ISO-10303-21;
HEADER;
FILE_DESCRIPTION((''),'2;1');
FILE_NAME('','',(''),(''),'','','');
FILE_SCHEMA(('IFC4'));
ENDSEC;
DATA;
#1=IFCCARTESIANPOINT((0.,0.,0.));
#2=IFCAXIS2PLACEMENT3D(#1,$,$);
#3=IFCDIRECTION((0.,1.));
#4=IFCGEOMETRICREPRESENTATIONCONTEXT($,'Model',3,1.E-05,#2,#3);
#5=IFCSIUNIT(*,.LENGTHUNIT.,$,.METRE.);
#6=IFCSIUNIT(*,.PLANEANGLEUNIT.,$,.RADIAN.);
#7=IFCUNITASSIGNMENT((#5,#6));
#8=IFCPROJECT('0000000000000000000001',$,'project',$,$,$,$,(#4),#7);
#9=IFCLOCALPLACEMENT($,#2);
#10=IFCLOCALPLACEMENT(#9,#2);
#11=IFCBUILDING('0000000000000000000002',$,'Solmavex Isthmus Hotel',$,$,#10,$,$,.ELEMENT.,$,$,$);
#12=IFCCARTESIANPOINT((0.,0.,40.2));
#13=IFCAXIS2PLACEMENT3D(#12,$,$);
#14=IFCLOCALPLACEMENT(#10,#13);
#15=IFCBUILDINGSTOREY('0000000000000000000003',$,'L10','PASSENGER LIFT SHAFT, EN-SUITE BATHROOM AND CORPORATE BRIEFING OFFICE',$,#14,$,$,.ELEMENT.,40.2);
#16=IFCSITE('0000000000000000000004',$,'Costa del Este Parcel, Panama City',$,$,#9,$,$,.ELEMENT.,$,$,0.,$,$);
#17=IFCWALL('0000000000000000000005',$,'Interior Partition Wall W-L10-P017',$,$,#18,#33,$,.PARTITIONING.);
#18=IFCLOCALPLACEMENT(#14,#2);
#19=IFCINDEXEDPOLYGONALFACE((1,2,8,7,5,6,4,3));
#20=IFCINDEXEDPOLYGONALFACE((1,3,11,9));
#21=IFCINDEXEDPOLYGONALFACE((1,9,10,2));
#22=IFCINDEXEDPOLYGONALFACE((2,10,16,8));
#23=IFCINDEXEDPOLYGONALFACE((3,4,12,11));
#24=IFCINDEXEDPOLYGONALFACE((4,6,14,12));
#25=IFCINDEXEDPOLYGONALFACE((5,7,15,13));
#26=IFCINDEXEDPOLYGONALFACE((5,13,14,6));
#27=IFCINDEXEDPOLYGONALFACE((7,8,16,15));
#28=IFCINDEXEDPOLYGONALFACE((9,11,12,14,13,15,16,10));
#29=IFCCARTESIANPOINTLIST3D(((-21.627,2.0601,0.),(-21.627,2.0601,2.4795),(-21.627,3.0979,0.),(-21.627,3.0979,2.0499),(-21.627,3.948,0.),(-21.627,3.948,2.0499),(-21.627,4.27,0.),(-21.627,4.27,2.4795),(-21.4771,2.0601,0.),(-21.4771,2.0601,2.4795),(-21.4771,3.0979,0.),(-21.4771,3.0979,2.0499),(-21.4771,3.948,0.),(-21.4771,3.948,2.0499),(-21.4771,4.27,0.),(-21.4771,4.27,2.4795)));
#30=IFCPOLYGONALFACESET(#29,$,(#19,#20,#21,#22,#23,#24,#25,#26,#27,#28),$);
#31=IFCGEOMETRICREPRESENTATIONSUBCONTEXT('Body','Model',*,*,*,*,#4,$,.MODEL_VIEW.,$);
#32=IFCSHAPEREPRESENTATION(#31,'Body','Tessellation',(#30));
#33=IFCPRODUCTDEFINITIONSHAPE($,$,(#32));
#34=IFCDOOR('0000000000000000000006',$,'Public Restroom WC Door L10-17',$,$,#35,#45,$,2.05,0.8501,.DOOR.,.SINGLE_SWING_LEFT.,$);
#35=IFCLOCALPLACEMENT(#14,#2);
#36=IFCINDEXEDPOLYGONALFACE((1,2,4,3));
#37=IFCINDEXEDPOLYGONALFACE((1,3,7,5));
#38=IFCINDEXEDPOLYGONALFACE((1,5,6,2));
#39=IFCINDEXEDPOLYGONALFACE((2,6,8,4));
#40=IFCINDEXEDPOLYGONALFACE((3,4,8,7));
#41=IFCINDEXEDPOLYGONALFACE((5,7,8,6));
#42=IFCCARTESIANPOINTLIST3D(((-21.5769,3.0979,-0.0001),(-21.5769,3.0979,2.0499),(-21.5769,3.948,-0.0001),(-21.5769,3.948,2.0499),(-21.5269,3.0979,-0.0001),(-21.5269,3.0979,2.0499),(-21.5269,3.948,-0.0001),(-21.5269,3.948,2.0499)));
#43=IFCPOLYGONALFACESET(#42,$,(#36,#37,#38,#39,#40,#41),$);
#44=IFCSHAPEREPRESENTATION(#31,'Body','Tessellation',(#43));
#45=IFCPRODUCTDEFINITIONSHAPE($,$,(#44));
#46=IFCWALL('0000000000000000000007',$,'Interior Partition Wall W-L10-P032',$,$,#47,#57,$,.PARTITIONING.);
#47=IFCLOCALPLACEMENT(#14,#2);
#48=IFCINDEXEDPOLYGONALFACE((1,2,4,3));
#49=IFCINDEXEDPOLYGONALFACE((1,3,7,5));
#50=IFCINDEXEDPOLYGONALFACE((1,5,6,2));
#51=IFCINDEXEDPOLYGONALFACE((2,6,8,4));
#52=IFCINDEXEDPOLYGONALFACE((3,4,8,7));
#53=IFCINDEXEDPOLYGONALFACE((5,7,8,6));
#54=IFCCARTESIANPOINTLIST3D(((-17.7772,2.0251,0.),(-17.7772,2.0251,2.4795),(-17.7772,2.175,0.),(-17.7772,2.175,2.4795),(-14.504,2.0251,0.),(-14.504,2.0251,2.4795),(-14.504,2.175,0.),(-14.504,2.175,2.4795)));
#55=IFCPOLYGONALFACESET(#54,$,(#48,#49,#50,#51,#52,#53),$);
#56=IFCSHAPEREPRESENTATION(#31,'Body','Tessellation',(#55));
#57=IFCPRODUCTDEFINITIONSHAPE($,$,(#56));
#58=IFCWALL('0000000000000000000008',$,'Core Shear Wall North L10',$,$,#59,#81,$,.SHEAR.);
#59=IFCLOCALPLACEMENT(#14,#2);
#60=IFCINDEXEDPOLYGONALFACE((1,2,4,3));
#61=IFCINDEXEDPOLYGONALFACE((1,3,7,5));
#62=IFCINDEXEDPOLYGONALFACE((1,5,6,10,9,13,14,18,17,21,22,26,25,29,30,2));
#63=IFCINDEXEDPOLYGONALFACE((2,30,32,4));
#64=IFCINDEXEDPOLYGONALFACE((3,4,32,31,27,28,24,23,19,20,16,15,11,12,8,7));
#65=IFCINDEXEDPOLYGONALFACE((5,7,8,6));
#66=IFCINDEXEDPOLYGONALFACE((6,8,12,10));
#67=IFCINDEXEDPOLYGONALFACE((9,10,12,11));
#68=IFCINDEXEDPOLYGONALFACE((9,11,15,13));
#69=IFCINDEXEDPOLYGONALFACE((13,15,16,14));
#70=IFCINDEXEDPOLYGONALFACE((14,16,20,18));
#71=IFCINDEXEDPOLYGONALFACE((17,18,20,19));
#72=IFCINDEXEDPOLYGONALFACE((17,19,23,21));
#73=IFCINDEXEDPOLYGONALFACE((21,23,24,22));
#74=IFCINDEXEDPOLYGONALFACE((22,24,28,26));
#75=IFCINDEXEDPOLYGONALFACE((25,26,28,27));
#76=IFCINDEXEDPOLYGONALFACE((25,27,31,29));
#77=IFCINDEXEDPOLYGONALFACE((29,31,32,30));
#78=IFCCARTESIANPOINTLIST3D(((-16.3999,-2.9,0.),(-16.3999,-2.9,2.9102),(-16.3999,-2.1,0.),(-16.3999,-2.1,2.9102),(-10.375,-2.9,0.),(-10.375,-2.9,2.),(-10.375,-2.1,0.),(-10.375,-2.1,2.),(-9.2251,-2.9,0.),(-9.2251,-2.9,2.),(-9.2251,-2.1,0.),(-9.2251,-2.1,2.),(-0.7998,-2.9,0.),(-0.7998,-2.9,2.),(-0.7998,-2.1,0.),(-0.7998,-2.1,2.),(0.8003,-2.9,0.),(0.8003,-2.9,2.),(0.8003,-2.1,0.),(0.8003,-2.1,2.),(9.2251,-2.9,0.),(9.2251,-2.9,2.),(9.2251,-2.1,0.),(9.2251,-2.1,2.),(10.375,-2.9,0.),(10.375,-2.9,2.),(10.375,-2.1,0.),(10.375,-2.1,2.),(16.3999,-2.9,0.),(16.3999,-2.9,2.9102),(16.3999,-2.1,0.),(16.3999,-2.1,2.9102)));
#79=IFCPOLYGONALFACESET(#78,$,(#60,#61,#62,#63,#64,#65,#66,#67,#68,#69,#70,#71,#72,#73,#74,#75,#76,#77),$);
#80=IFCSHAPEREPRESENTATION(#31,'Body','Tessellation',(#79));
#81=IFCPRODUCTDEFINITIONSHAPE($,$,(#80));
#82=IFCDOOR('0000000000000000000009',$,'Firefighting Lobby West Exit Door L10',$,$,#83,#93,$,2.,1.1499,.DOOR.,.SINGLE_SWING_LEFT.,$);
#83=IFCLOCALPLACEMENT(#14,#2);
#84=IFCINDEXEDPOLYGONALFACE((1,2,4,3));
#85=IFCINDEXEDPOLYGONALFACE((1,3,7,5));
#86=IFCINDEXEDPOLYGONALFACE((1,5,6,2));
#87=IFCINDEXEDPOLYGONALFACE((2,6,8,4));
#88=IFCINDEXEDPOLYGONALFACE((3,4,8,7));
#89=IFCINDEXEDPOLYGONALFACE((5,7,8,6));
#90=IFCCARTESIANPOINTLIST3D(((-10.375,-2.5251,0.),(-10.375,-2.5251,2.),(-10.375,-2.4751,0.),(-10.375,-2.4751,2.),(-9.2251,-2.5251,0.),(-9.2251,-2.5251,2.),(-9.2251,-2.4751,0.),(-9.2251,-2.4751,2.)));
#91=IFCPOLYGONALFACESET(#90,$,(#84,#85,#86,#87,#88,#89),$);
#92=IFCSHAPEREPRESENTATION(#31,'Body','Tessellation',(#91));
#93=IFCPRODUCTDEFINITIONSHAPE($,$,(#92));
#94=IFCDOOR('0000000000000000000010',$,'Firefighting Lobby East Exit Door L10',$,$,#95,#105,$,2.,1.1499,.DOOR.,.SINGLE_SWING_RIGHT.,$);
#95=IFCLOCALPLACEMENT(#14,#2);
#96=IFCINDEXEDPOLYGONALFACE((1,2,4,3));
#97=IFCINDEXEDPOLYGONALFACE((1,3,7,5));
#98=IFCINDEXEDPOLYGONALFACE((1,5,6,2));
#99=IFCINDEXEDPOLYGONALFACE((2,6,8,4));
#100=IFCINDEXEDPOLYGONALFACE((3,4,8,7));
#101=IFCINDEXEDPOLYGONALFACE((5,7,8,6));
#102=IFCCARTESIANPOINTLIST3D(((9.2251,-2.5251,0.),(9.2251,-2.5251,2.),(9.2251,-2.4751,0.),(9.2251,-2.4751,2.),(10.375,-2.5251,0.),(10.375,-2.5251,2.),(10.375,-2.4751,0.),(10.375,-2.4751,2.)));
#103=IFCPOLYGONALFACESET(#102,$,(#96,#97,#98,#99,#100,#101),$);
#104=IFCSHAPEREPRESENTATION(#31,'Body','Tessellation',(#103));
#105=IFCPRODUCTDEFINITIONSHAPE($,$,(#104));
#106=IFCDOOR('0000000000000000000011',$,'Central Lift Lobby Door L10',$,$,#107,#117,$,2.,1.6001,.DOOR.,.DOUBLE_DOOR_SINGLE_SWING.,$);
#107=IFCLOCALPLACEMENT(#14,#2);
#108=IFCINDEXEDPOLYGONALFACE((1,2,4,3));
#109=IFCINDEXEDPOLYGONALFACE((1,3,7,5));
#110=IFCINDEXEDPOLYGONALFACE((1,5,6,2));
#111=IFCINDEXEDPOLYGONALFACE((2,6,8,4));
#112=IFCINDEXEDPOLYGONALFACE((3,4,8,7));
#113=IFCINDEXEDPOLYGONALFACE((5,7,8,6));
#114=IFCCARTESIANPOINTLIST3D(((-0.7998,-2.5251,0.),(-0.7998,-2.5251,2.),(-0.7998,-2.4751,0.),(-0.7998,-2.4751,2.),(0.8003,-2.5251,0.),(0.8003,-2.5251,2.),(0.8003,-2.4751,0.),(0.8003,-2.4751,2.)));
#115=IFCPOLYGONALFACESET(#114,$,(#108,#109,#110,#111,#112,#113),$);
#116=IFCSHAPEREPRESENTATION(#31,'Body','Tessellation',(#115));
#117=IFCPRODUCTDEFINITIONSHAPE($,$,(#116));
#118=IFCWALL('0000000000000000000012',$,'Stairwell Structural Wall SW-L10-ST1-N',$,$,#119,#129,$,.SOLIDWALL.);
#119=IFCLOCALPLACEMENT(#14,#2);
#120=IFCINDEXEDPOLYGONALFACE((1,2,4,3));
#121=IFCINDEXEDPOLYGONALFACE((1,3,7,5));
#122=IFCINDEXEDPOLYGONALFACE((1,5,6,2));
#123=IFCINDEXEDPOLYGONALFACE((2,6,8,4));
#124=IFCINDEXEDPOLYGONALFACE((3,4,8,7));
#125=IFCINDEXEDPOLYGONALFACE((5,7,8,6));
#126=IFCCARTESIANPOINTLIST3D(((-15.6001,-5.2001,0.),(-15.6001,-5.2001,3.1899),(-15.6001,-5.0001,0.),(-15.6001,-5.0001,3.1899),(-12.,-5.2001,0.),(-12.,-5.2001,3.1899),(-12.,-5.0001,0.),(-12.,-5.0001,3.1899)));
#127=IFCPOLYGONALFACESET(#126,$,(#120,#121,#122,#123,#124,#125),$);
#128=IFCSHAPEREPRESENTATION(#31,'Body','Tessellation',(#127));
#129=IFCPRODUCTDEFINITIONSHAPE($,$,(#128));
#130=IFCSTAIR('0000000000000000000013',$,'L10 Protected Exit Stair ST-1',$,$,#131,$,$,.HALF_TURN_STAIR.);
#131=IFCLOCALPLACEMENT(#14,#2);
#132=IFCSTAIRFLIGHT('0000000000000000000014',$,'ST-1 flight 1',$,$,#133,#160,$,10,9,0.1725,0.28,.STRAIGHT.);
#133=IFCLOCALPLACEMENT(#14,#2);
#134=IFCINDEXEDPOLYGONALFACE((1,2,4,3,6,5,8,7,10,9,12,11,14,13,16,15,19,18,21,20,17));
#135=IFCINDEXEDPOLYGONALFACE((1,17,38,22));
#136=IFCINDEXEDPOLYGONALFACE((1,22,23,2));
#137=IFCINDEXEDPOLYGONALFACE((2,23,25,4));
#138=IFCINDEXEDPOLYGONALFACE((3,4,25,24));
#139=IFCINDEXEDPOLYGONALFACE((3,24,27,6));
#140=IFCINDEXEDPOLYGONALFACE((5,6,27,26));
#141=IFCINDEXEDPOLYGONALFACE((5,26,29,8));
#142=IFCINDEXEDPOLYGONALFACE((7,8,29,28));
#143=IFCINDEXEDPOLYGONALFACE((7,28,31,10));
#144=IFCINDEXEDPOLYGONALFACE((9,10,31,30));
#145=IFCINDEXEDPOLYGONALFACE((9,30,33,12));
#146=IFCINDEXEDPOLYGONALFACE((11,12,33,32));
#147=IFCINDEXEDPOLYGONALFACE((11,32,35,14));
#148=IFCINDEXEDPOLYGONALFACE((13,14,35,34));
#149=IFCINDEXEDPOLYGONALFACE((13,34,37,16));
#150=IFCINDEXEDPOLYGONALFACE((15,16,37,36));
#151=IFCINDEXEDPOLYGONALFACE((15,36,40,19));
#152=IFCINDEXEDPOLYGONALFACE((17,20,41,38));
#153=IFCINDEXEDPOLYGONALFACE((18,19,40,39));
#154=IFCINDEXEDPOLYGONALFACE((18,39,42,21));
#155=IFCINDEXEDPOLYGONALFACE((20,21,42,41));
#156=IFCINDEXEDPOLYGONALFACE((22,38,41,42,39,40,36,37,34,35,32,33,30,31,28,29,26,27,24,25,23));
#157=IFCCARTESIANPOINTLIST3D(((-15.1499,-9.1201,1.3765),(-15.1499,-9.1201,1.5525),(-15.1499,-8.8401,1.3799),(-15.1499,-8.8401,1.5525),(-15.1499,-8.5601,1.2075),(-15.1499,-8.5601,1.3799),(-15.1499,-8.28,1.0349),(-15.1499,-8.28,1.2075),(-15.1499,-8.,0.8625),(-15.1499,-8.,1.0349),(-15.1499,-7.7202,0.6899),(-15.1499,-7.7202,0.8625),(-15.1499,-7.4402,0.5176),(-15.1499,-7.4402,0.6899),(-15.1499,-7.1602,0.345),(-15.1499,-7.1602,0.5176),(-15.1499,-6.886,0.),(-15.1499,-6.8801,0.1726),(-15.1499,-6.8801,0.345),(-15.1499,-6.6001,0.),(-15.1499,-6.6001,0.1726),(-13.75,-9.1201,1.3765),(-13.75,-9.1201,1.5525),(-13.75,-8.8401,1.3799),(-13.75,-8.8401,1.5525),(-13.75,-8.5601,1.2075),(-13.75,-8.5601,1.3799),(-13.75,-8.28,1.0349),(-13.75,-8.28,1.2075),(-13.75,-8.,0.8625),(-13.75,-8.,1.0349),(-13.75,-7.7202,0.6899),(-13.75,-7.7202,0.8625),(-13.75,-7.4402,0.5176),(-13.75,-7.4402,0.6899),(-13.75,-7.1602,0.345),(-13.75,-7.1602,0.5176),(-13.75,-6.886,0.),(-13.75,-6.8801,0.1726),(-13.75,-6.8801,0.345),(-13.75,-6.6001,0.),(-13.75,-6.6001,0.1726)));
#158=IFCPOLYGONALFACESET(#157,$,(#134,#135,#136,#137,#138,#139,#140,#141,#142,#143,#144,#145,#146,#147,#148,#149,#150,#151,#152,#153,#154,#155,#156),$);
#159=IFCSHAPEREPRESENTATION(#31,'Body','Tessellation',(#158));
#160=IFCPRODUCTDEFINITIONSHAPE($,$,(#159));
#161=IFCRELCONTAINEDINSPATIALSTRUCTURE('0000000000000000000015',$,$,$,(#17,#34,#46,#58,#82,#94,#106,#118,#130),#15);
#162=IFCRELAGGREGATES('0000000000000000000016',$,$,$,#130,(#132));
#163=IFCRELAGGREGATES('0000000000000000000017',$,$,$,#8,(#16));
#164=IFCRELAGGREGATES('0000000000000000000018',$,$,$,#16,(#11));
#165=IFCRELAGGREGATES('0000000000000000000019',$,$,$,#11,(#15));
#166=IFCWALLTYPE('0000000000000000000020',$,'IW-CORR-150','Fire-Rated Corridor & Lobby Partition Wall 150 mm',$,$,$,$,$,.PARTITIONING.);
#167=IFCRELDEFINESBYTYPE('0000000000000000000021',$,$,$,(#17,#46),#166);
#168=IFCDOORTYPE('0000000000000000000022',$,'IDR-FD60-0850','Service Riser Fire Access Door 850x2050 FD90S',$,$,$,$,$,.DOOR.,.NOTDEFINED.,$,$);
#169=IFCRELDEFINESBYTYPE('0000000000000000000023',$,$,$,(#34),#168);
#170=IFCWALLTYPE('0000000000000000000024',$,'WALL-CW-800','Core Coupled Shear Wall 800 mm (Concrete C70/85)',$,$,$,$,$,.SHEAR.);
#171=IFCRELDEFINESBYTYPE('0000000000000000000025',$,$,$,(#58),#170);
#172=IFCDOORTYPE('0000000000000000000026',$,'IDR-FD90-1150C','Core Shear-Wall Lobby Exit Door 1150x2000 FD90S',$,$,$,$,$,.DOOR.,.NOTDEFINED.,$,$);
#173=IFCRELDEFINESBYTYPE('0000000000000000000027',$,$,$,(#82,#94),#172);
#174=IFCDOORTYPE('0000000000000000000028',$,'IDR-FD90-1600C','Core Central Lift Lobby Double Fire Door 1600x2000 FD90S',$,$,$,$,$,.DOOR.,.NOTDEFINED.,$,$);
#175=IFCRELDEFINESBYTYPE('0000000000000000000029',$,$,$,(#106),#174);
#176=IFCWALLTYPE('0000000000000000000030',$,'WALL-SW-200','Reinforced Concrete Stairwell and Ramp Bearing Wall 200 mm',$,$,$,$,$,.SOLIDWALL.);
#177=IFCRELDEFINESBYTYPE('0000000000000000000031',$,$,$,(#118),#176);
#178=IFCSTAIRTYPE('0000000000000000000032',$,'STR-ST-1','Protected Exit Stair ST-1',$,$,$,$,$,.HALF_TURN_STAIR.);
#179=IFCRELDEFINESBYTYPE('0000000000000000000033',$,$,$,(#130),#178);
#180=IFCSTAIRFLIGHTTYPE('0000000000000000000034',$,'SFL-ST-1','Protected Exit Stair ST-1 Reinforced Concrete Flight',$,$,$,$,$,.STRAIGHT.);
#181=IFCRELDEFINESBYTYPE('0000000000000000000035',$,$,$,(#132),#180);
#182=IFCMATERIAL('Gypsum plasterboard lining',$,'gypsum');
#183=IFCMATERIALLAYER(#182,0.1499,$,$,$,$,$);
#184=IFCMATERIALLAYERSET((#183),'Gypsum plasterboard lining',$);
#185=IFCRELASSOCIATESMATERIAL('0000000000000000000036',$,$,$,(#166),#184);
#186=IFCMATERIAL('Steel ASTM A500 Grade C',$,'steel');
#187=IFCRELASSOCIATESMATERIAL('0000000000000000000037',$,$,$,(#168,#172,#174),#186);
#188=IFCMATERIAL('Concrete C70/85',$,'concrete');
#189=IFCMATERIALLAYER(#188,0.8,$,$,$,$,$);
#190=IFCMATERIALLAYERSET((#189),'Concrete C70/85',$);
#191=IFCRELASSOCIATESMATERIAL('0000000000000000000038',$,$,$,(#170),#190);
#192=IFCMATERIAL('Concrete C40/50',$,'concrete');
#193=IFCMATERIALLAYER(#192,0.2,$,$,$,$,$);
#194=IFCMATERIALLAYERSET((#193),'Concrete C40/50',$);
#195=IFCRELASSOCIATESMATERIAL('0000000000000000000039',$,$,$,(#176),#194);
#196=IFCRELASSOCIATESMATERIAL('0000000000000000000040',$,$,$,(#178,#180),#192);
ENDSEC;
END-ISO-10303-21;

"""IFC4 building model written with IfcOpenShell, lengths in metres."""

from ifc_helpers import new_model, si_unit, direction, frame, frame_2d, origin, place, context, subcontext, project, spatial, polyline, rectangle, outline, extrude, material, layer, layer_set, type_object, element, fill, aggregate, save


model = new_model("IFC4")

# Units and contexts
model_context = context("Model", 3, precision=1e-05, world=origin(), true_north=direction((0.0, 1.0)))
body_context = subcontext(model_context, "Body", "Model", "MODEL_VIEW")
ifc_project = project(units=[si_unit("LENGTHUNIT", "METRE"), si_unit("PLANEANGLEUNIT", "RADIAN")], contexts=[model_context])

# Site, building, storey
site_placement = place(None, origin())
site = spatial("IfcSite", under=ifc_project, at=site_placement, Name="Costa del Este Parcel, Panama City", CompositionType="ELEMENT", RefElevation=0.0)
building_placement = place(site_placement, origin())
building = spatial("IfcBuilding", under=site, at=building_placement, Name="Solmavex Isthmus Hotel", CompositionType="ELEMENT")
storey_placement = place(building_placement, frame((0.0, 0.0, 40.2)))
storey = spatial("IfcBuildingStorey", under=building, at=storey_placement, Name="L10", Description="PASSENGER LIFT SHAFT, EN-SUITE BATHROOM AND CORPORATE BRIEFING OFFICE", CompositionType="ELEMENT", Elevation=40.2)

# Shared definitions
ifc_material_1 = material(Name="Concrete C70/85", Category="concrete")

# Shared definitions
ifc_material_2 = material(Name="Gypsum plasterboard lining", Category="gypsum")

# Wall, opening, door
ifc_layer_1 = layer(ifc_material_2, 0.1499)
ifc_layer_set_1 = layer_set([ifc_layer_1], Name="Gypsum plasterboard lining")
wall_type_1 = type_object("IfcWallType", Name="IW-CORR-150", Description="Fire-Rated Corridor & Lobby Partition Wall 150 mm", PredefinedType="PARTITIONING", material=ifc_layer_set_1)
wall_1_placement = place(storey_placement, frame((-21.552, 2.0601, 0.0), z_axis=(0.0, 0.0, 1.0), x_axis=(0.0, 1.0, 0.0)))
wall_1 = element("IfcWall", 1, at=wall_1_placement, inside=storey, type_object=wall_type_1, Name="Interior Partition Wall W-L10-P017", PredefinedType="PARTITIONING", context=body_context, shape_type="SweptSolid", body=[
    extrude(rectangle(XDim=2.21, YDim=0.1499, at=frame_2d((1.105, 0.0))), origin(), (0.0, 0.0, 1.0), 2.4795),
])
opening_1_placement = place(wall_1_placement, frame((1.0378, 0.0, 0.0)))
opening_1 = element("IfcOpeningElement", 2, at=opening_1_placement, cuts=wall_1, PredefinedType="OPENING", context=body_context, shape_type="SweptSolid", body=[
    extrude(rectangle(XDim=0.8501, YDim=2.05, at=frame_2d((0.425, 1.0249))), frame((0.0, 0.085, 0.0), z_axis=(0.0, -1.0, 0.0), x_axis=(1.0, 0.0, 0.0)), (0.0, 0.0, 1.0), 0.1699),
])
ifc_material_3 = material(Name="Steel ASTM A500 Grade C", Category="steel")
door_type_1 = type_object("IfcDoorType", Name="IDR-FD60-0850", Description="Service Riser Fire Access Door 850x2050 FD90S", OperationType="NOTDEFINED", PredefinedType="DOOR", material=ifc_material_3)
door_1_placement = place(opening_1_placement, origin())
door_1 = element("IfcDoor", 3, at=door_1_placement, inside=storey, type_object=door_type_1, Name="Public Restroom WC Door L10-17", OperationType="SINGLE_SWING_LEFT", OverallHeight=2.05, OverallWidth=0.8501, PredefinedType="DOOR", context=body_context, shape_type="SweptSolid", body=[
    extrude(rectangle(XDim=0.8501, YDim=2.05, at=frame_2d((0.425, 1.0249))), frame((0.0, 0.0249, 0.0), z_axis=(0.0, -1.0, 0.0), x_axis=(1.0, 0.0, 0.0)), (0.0, 0.0, 1.0), 0.05),
])
fill(opening_1, door_1)

# Wall
wall_2_placement = place(storey_placement, frame((-14.5039, 2.1001, 0.0), z_axis=(0.0, 0.0, 1.0), x_axis=(-1.0, 0.0, 0.0)))
element("IfcWall", 4, at=wall_2_placement, inside=storey, type_object=wall_type_1, Name="Interior Partition Wall W-L10-P032", PredefinedType="PARTITIONING", context=body_context, shape_type="SweptSolid", body=[
    extrude(rectangle(XDim=3.2732, YDim=0.1499, at=frame_2d((1.6367, 0.0))), origin(), (0.0, 0.0, 1.0), 2.4795),
])

# Wall, openings, doors
ifc_layer_2 = layer(ifc_material_1, 0.8)
ifc_layer_set_2 = layer_set([ifc_layer_2], Name="Concrete C70/85")
wall_type_2 = type_object("IfcWallType", Name="WALL-CW-800", Description="Core Coupled Shear Wall 800 mm (Concrete C70/85)", PredefinedType="SHEAR", material=ifc_layer_set_2)
wall_3_placement = place(storey_placement, frame((-16.3999, -2.5, 0.0), z_axis=(0.0, 0.0, 1.0), x_axis=(1.0, 0.0, 0.0)))
wall_3 = element("IfcWall", 5, at=wall_3_placement, inside=storey, type_object=wall_type_2, Name="Core Shear Wall North L10", PredefinedType="SHEAR", context=body_context, shape_type="SweptSolid", body=[
    extrude(rectangle(XDim=32.7998, YDim=0.8, at=frame_2d((16.3999, 0.0))), origin(), (0.0, 0.0, 1.0), 2.9102),
])
opening_2_placement = place(wall_3_placement, frame((6.0249, 0.0, 0.0)))
opening_2 = element("IfcOpeningElement", 6, at=opening_2_placement, cuts=wall_3, PredefinedType="OPENING", context=body_context, shape_type="SweptSolid", body=[
    extrude(rectangle(XDim=1.1499, YDim=2.0, at=frame_2d((0.575, 1.0))), frame((0.0, 0.4099, 0.0), z_axis=(0.0, -1.0, 0.0), x_axis=(1.0, 0.0, 0.0)), (0.0, 0.0, 1.0), 0.8201),
])
opening_3_placement = place(wall_3_placement, frame((15.6001, 0.0, 0.0)))
opening_3 = element("IfcOpeningElement", 7, at=opening_3_placement, cuts=wall_3, PredefinedType="OPENING", context=body_context, shape_type="SweptSolid", body=[
    extrude(rectangle(XDim=1.6001, YDim=2.0, at=frame_2d((0.8, 1.0))), frame((0.0, 0.4099, 0.0), z_axis=(0.0, -1.0, 0.0), x_axis=(1.0, 0.0, 0.0)), (0.0, 0.0, 1.0), 0.8201),
])
opening_4_placement = place(wall_3_placement, frame((25.625, 0.0, 0.0)))
opening_4 = element("IfcOpeningElement", 8, at=opening_4_placement, cuts=wall_3, PredefinedType="OPENING", context=body_context, shape_type="SweptSolid", body=[
    extrude(rectangle(XDim=1.1499, YDim=2.0, at=frame_2d((0.575, 1.0))), frame((0.0, 0.4099, 0.0), z_axis=(0.0, -1.0, 0.0), x_axis=(1.0, 0.0, 0.0)), (0.0, 0.0, 1.0), 0.8201),
])
door_type_2 = type_object("IfcDoorType", Name="IDR-FD90-1150C", Description="Core Shear-Wall Lobby Exit Door 1150x2000 FD90S", OperationType="NOTDEFINED", PredefinedType="DOOR", material=ifc_material_3)
door_2_placement = place(opening_2_placement, origin())
door_2 = element("IfcDoor", 9, at=door_2_placement, inside=storey, type_object=door_type_2, Name="Firefighting Lobby West Exit Door L10", OperationType="SINGLE_SWING_LEFT", OverallHeight=2.0, OverallWidth=1.1499, PredefinedType="DOOR", context=body_context, shape_type="SweptSolid", body=[
    extrude(rectangle(XDim=1.1499, YDim=2.0, at=frame_2d((0.575, 1.0))), frame((0.0, 0.0249, 0.0), z_axis=(0.0, -1.0, 0.0), x_axis=(1.0, 0.0, 0.0)), (0.0, 0.0, 1.0), 0.05),
])
fill(opening_2, door_2)
door_3_placement = place(opening_4_placement, origin())
door_3 = element("IfcDoor", 10, at=door_3_placement, inside=storey, type_object=door_type_2, Name="Firefighting Lobby East Exit Door L10", OperationType="SINGLE_SWING_RIGHT", OverallHeight=2.0, OverallWidth=1.1499, PredefinedType="DOOR", context=body_context, shape_type="SweptSolid", body=[
    extrude(rectangle(XDim=1.1499, YDim=2.0, at=frame_2d((0.575, 1.0))), frame((0.0, 0.0249, 0.0), z_axis=(0.0, -1.0, 0.0), x_axis=(1.0, 0.0, 0.0)), (0.0, 0.0, 1.0), 0.05),
])
fill(opening_4, door_3)
door_type_3 = type_object("IfcDoorType", Name="IDR-FD90-1600C", Description="Core Central Lift Lobby Double Fire Door 1600x2000 FD90S", OperationType="NOTDEFINED", PredefinedType="DOOR", material=ifc_material_3)
door_4_placement = place(opening_3_placement, origin())
door_4 = element("IfcDoor", 11, at=door_4_placement, inside=storey, type_object=door_type_3, Name="Central Lift Lobby Door L10", OperationType="DOUBLE_DOOR_SINGLE_SWING", OverallHeight=2.0, OverallWidth=1.6001, PredefinedType="DOOR", context=body_context, shape_type="SweptSolid", body=[
    extrude(rectangle(XDim=1.6001, YDim=2.0, at=frame_2d((0.8, 1.0))), frame((0.0, 0.0249, 0.0), z_axis=(0.0, -1.0, 0.0), x_axis=(1.0, 0.0, 0.0)), (0.0, 0.0, 1.0), 0.05),
])
fill(opening_3, door_4)

# Wall
ifc_material_4 = material(Name="Concrete C40/50", Category="concrete")
ifc_layer_3 = layer(ifc_material_4, 0.2)
ifc_layer_set_3 = layer_set([ifc_layer_3], Name="Concrete C40/50")
wall_type_3 = type_object("IfcWallType", Name="WALL-SW-200", Description="Reinforced Concrete Stairwell and Ramp Bearing Wall 200 mm", PredefinedType="SOLIDWALL", material=ifc_layer_set_3)
wall_4_placement = place(storey_placement, frame((-15.6001, -5.1001, 0.0), z_axis=(0.0, 0.0, 1.0), x_axis=(1.0, 0.0, 0.0)))
element("IfcWall", 12, at=wall_4_placement, inside=storey, type_object=wall_type_3, Name="Stairwell Structural Wall SW-L10-ST1-N", PredefinedType="SOLIDWALL", context=body_context, shape_type="SweptSolid", body=[
    extrude(rectangle(XDim=3.6001, YDim=0.2, at=frame_2d((1.8, 0.0))), origin(), (0.0, 0.0, 1.0), 3.1899),
])

# Stair, stair flight
stair_type = type_object("IfcStairType", Name="STR-ST-1", Description="Protected Exit Stair ST-1", PredefinedType="HALF_TURN_STAIR", material=ifc_material_4)
stair_placement = place(storey_placement, origin())
stair = element("IfcStair", 13, at=stair_placement, inside=storey, type_object=stair_type, Name="L10 Protected Exit Stair ST-1", PredefinedType="HALF_TURN_STAIR")
stair_flight_type = type_object("IfcStairFlightType", Name="SFL-ST-1", Description="Protected Exit Stair ST-1 Reinforced Concrete Flight", PredefinedType="STRAIGHT", material=ifc_material_4)
stair_flight_placement = place(storey_placement, frame((-14.45, -6.6001, 0.0), z_axis=(0.0, 0.0, 1.0), x_axis=(0.0, -1.0, 0.0)))
stair_flight = element("IfcStairFlight", 14, at=stair_flight_placement, type_object=stair_flight_type, Name="ST-1 flight 1", NumberOfRisers=10, NumberOfTreads=9, PredefinedType="STRAIGHT", RiserHeight=0.1725, TreadLength=0.28, context=body_context, shape_type="SweptSolid", body=[
    extrude(outline(polyline([(0.0, 0.0), (0.0, 0.1726), (0.28, 0.1726), (0.28, 0.345), (0.5601, 0.345), (0.5601, 0.5176), (0.8401, 0.5176), (0.8401, 0.6899), (1.1201, 0.6899), (1.1201, 0.8625), (1.3999, 0.8625), (1.3999, 1.0349), (1.6799, 1.0349), (1.6799, 1.2075), (1.96, 1.2075), (1.96, 1.3799), (2.24, 1.3799), (2.24, 1.5525), (2.52, 1.5525), (2.52, 1.7251), (2.52, 1.3765), (0.2859, 0.0), (0.0, 0.0)])), frame((0.0, 0.7, 0.0), z_axis=(0.0, -1.0, 0.0), x_axis=(1.0, 0.0, 0.0)), (0.0, 0.0, 1.0), 1.3999),
])
aggregate(stair, [stair_flight])

save(model, "model.ifc")
